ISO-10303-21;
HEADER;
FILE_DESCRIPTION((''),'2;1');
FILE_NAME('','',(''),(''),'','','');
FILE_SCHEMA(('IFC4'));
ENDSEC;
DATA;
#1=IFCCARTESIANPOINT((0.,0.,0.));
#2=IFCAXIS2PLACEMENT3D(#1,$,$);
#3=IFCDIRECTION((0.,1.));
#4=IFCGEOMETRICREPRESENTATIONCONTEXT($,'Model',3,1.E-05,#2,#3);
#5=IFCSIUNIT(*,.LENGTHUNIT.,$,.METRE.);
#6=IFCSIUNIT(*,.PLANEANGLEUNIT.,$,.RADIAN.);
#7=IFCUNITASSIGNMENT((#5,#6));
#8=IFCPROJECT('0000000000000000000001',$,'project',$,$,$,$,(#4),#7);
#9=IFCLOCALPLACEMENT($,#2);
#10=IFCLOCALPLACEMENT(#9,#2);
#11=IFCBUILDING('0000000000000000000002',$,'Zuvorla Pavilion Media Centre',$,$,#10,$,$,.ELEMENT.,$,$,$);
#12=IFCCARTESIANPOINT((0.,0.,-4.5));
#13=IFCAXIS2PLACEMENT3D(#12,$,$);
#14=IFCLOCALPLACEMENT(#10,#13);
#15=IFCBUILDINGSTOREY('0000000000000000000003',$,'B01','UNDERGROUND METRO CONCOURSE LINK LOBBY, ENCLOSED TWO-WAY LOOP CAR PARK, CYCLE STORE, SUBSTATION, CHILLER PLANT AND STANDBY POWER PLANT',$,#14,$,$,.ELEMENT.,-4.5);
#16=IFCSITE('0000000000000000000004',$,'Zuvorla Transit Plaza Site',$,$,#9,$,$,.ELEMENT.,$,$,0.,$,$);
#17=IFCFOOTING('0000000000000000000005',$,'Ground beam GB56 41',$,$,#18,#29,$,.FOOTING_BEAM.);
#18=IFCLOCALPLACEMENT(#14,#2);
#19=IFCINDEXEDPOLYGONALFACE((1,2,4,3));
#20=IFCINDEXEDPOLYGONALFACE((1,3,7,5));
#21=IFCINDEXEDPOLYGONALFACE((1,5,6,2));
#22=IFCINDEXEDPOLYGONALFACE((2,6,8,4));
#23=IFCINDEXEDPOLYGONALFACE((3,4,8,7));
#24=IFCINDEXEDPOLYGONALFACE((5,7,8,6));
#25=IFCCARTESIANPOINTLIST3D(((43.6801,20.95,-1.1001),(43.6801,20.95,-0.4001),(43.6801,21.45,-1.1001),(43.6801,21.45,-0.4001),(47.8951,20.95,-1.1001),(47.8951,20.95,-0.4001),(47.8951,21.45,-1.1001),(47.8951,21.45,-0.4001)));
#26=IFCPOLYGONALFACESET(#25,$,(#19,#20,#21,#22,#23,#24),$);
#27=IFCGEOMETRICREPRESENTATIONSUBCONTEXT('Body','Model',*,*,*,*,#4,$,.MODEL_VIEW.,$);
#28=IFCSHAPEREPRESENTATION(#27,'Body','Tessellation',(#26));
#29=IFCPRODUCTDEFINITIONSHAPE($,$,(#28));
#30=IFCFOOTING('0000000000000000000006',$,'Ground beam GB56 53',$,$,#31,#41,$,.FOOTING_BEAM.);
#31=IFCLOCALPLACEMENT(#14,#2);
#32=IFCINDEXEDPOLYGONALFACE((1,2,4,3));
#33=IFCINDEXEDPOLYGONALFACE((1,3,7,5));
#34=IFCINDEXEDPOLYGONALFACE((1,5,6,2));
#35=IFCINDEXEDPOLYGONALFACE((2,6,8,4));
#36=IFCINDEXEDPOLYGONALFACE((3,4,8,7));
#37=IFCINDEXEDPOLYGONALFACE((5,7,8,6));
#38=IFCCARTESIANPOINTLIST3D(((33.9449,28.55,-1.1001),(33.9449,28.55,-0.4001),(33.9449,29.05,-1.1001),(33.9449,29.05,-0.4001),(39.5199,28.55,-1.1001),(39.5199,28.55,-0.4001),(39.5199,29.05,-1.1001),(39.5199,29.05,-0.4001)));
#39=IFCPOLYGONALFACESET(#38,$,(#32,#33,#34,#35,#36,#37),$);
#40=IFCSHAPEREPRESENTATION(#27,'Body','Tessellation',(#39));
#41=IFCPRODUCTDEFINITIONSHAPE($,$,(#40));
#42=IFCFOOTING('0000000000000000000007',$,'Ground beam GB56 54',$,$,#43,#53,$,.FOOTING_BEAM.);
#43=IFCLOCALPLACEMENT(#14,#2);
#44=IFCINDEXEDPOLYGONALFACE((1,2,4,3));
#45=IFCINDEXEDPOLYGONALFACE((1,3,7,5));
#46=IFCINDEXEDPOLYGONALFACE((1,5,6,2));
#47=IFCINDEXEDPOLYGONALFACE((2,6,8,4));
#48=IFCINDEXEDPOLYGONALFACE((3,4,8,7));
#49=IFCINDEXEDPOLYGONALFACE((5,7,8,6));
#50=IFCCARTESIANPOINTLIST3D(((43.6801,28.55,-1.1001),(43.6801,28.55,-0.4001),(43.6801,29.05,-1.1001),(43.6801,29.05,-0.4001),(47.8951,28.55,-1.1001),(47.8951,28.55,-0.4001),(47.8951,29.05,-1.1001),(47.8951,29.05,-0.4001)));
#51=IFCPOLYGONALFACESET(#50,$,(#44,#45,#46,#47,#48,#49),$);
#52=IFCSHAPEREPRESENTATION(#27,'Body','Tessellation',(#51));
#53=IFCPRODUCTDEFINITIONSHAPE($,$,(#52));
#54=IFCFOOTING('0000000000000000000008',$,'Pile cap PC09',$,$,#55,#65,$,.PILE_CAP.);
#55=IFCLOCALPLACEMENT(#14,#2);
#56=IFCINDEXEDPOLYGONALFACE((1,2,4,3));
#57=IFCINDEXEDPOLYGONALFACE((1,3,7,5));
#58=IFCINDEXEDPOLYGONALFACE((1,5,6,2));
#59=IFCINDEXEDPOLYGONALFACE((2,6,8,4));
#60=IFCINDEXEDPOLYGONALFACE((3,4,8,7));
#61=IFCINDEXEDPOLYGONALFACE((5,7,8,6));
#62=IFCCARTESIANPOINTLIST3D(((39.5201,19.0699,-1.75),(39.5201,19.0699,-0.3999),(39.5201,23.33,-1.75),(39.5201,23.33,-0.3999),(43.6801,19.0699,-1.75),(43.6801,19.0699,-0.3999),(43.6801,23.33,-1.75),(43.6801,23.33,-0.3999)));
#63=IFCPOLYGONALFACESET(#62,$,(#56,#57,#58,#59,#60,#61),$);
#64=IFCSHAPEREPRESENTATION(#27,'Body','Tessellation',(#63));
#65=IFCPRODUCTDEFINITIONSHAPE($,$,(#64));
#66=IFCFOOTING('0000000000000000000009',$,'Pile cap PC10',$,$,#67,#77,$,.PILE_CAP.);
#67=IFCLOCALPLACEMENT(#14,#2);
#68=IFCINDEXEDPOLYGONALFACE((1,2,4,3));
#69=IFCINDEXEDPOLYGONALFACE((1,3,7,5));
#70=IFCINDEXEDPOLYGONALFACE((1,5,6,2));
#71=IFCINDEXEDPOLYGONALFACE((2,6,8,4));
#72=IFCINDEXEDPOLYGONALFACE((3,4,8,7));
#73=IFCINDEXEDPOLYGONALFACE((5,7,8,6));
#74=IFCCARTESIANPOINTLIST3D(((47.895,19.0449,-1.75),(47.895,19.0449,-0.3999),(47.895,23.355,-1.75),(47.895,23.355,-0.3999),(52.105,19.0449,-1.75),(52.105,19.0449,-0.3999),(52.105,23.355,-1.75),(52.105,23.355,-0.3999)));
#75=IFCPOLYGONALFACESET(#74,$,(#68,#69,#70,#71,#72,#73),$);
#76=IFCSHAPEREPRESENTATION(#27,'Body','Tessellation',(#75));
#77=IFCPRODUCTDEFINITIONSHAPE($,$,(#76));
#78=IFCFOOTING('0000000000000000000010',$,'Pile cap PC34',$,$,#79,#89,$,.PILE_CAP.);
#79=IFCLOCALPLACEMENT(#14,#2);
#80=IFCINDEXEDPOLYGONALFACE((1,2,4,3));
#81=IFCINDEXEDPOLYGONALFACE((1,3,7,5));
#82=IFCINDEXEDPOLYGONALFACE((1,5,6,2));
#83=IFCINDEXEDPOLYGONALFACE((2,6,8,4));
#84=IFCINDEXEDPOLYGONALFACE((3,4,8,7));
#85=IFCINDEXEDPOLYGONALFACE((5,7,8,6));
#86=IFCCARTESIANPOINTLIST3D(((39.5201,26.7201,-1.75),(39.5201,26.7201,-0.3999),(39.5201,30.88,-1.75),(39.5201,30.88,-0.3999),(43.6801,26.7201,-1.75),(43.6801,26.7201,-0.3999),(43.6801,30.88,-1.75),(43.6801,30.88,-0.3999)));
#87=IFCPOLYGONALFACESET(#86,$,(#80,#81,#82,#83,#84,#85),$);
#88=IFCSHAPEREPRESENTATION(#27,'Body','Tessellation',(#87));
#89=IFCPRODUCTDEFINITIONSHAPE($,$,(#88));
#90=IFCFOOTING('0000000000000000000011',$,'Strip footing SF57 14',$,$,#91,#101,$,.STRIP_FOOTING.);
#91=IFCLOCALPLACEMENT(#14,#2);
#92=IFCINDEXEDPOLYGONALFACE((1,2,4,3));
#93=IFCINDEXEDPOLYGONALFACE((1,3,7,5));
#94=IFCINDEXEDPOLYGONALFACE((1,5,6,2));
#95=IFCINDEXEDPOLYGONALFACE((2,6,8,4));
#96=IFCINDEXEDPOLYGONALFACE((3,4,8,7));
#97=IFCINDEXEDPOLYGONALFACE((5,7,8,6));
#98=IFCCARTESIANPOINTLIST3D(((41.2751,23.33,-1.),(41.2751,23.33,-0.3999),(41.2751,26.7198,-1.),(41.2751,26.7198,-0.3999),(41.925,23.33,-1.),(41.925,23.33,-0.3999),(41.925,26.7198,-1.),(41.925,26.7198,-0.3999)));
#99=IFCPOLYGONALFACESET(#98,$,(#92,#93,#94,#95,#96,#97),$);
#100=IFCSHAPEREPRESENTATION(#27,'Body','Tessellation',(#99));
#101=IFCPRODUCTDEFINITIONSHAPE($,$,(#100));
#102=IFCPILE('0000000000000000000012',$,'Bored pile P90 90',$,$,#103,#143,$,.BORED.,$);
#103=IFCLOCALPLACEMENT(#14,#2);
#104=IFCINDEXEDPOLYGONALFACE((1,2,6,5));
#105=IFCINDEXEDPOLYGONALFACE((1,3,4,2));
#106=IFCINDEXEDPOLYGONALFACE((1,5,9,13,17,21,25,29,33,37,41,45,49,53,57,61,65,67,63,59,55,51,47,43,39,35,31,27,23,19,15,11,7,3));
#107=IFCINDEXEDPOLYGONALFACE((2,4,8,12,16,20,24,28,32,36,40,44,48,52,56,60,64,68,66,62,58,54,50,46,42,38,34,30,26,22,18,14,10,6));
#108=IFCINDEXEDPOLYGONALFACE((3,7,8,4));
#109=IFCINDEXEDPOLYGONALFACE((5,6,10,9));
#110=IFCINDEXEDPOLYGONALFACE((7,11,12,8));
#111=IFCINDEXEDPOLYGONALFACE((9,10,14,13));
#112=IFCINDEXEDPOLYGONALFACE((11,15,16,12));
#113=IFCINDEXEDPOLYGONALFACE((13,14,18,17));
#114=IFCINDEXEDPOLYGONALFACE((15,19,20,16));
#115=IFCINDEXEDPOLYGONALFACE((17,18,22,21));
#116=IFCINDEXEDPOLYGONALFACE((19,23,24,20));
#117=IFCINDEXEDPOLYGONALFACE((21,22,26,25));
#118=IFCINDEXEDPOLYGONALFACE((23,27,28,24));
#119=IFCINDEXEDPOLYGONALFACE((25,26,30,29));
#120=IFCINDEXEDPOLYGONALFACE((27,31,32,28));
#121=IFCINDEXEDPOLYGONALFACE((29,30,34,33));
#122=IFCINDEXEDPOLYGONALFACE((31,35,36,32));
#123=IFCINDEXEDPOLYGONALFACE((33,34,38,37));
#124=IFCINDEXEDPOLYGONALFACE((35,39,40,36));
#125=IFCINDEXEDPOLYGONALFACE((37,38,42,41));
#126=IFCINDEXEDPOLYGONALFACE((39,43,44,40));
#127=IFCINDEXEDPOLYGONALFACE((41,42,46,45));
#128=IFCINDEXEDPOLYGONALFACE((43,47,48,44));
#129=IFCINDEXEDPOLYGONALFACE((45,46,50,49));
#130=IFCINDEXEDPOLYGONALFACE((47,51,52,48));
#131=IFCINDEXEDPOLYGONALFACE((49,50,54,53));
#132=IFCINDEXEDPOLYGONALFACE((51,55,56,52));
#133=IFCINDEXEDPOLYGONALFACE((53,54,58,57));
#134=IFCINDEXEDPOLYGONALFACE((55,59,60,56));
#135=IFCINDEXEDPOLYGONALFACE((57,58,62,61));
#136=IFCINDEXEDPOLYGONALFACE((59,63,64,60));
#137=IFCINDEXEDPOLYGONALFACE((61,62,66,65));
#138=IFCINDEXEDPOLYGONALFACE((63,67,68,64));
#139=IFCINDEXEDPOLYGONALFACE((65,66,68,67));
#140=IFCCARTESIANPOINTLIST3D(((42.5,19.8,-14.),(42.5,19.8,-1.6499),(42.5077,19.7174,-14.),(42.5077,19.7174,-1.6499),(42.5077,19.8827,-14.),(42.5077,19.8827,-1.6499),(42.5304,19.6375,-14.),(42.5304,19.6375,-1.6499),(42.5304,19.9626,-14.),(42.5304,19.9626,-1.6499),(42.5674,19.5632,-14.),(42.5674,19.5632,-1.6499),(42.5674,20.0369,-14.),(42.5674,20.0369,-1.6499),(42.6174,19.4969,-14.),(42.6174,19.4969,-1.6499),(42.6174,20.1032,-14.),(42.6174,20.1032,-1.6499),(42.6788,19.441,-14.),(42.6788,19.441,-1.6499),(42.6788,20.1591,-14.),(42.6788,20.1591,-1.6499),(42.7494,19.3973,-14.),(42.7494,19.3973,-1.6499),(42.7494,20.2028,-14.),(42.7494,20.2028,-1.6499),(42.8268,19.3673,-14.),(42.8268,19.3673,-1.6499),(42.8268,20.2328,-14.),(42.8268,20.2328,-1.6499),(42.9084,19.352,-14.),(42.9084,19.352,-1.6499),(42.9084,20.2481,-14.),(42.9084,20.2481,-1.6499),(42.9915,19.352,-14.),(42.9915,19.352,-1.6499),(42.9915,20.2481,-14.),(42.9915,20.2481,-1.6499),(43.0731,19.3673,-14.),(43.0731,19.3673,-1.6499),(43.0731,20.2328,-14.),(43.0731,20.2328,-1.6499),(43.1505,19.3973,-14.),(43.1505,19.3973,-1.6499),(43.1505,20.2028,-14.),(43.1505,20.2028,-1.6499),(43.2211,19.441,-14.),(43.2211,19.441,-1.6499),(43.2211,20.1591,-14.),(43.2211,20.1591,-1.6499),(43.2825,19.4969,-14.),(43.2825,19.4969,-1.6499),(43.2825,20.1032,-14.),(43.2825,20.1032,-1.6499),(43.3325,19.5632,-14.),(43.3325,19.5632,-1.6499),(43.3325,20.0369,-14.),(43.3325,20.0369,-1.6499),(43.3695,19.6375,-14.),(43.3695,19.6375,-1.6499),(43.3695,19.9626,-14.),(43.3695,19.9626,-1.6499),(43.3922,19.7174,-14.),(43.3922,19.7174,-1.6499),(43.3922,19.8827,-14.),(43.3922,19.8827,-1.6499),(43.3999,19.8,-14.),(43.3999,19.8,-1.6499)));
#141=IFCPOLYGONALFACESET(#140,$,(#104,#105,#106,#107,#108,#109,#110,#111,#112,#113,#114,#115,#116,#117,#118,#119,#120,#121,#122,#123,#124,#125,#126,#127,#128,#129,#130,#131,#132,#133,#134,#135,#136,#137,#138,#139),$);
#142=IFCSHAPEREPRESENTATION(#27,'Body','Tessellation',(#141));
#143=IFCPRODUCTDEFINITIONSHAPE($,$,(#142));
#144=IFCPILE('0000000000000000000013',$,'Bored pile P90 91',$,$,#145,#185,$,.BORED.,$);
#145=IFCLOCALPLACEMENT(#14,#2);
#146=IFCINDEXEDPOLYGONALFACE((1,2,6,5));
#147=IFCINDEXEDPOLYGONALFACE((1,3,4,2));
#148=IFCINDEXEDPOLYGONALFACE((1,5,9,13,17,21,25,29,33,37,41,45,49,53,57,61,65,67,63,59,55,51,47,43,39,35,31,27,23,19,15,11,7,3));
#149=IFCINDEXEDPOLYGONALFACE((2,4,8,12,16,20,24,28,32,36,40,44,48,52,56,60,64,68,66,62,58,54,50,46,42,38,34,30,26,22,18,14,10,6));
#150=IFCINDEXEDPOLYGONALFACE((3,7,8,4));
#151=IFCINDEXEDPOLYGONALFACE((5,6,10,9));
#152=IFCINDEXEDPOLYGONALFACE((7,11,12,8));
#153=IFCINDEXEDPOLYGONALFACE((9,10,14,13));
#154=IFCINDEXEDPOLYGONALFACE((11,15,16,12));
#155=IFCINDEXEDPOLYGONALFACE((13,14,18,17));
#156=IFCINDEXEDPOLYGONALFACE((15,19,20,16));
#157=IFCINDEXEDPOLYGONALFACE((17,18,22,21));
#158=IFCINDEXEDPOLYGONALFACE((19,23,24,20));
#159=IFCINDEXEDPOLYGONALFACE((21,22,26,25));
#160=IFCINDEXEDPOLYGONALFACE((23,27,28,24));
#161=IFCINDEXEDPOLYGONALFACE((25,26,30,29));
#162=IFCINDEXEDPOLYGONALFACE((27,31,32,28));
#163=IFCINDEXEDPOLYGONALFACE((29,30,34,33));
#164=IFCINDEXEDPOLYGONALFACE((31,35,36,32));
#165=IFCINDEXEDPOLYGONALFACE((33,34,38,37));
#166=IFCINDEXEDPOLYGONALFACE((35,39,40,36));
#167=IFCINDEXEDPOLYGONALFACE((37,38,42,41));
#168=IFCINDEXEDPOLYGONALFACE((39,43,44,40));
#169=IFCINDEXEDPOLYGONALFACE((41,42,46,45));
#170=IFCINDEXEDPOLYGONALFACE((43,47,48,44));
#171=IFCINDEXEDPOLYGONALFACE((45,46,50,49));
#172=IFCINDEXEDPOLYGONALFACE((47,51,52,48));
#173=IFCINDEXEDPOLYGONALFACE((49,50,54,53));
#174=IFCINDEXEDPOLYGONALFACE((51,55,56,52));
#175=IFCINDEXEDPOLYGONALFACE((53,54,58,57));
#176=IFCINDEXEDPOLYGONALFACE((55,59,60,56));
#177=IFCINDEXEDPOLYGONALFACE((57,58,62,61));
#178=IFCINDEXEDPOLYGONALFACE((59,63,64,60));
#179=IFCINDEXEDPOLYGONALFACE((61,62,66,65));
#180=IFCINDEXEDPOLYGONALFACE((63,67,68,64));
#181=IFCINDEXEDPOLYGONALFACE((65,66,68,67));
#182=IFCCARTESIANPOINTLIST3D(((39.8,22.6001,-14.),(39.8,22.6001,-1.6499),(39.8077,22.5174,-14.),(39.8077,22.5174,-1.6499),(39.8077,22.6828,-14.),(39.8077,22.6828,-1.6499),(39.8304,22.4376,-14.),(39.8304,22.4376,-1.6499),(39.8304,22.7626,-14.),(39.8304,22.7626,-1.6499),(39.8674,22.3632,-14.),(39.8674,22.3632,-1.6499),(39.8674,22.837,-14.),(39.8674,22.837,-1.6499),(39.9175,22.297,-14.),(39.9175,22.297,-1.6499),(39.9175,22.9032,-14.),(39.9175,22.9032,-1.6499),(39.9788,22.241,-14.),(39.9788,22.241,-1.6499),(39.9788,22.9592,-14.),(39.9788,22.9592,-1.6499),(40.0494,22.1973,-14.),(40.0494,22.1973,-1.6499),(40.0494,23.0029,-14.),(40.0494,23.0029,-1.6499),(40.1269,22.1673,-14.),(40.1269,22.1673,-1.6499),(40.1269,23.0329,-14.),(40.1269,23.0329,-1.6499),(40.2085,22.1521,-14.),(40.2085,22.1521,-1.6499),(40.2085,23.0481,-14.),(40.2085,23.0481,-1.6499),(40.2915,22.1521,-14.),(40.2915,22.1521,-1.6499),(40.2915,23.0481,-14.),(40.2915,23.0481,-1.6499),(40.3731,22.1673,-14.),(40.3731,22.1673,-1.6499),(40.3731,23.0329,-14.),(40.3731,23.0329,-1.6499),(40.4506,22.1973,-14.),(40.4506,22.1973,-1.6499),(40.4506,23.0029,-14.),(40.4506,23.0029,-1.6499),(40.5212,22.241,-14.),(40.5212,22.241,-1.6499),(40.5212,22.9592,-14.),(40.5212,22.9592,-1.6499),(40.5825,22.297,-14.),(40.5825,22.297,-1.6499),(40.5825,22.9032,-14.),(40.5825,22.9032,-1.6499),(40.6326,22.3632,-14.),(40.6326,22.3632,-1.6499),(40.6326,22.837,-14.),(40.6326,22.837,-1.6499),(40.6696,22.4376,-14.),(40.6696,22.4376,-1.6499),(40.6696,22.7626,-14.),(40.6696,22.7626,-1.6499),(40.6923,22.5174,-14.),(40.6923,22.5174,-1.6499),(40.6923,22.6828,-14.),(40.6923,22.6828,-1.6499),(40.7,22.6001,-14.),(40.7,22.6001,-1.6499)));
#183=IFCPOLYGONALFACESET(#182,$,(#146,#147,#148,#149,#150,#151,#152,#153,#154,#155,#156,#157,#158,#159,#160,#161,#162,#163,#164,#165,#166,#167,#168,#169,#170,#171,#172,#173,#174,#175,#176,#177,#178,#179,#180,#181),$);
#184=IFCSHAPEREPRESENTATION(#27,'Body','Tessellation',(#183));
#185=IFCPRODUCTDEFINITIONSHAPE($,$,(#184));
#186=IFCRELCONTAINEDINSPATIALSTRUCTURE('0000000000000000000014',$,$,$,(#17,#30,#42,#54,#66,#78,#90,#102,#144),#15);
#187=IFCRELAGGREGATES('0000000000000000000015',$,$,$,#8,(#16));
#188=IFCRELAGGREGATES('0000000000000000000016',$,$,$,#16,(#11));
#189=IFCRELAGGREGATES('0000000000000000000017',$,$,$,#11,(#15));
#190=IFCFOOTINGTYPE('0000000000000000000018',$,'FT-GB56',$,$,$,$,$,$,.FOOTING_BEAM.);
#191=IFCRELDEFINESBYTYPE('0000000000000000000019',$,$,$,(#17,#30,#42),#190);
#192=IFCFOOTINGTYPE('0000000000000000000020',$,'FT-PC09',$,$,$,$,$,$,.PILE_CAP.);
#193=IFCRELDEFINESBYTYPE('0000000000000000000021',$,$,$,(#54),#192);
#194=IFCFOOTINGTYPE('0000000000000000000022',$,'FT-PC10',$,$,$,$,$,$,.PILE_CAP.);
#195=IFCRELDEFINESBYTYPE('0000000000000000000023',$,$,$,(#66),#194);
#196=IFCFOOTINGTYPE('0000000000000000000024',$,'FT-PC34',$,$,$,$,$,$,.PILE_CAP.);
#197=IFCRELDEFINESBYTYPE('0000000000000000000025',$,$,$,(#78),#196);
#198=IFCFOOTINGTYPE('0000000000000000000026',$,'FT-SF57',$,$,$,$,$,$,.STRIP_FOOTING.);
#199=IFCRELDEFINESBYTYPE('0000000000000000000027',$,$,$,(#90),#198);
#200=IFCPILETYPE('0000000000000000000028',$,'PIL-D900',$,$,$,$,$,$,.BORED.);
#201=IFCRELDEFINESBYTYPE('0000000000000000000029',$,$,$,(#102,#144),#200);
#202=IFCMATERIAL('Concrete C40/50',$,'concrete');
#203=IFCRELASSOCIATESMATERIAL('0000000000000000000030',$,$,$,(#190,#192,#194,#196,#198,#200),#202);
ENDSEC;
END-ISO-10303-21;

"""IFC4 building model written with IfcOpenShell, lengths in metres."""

from ifc_helpers import new_model, si_unit, direction, frame, origin, origin_2d, place, context, subcontext, project, spatial, rectangle, circle, extrude, material, material_profile, profile_set, type_object, element, save


model = new_model("IFC4")

# Units and contexts
model_context = context("Model", 3, precision=1e-05, world=origin(), true_north=direction((0.0, 1.0)))
body_context = subcontext(model_context, "Body", "Model", "MODEL_VIEW")
ifc_project = project(units=[si_unit("LENGTHUNIT", "METRE"), si_unit("PLANEANGLEUNIT", "RADIAN")], contexts=[model_context])

# Site, building, storey
site_placement = place(None, origin())
site = spatial("IfcSite", under=ifc_project, at=site_placement, Name="Zuvorla Transit Plaza Site", CompositionType="ELEMENT", RefElevation=0.0)
building_placement = place(site_placement, origin())
building = spatial("IfcBuilding", under=site, at=building_placement, Name="Zuvorla Pavilion Media Centre", CompositionType="ELEMENT")
storey_placement = place(building_placement, frame((0.0, 0.0, -4.5)))
storey = spatial("IfcBuildingStorey", under=building, at=storey_placement, Name="B01", Description="UNDERGROUND METRO CONCOURSE LINK LOBBY, ENCLOSED TWO-WAY LOOP CAR PARK, CYCLE STORE, SUBSTATION, CHILLER PLANT AND STANDBY POWER PLANT", CompositionType="ELEMENT", Elevation=-4.5)

# Footings
ifc_material_1 = material(Name="Concrete C40/50", Category="concrete")
footing_type_1 = type_object("IfcFootingType", Name="FT-GB56", PredefinedType="FOOTING_BEAM", material=ifc_material_1)
footing_1_placement = place(storey_placement, frame((45.7876, 21.2, -1.1001), z_axis=(0.0, 0.0, 1.0), x_axis=(1.0, 0.0, 0.0)))
element("IfcFooting", 1, at=footing_1_placement, inside=storey, type_object=footing_type_1, Name="Ground beam GB56 41", PredefinedType="FOOTING_BEAM", context=body_context, shape_type="SweptSolid", body=[
    extrude(rectangle(XDim=4.2151, YDim=0.5, at=origin_2d()), origin(), (0.0, 0.0, 1.0), 0.7),
])
footing_2_placement = place(storey_placement, frame((36.7324, 28.8, -1.1001), z_axis=(0.0, 0.0, 1.0), x_axis=(1.0, 0.0, 0.0)))
element("IfcFooting", 2, at=footing_2_placement, inside=storey, type_object=footing_type_1, Name="Ground beam GB56 53", PredefinedType="FOOTING_BEAM", context=body_context, shape_type="SweptSolid", body=[
    extrude(rectangle(XDim=5.575, YDim=0.5, at=origin_2d()), origin(), (0.0, 0.0, 1.0), 0.7),
])
footing_3_placement = place(storey_placement, frame((45.7876, 28.8, -1.1001), z_axis=(0.0, 0.0, 1.0), x_axis=(1.0, 0.0, 0.0)))
element("IfcFooting", 3, at=footing_3_placement, inside=storey, type_object=footing_type_1, Name="Ground beam GB56 54", PredefinedType="FOOTING_BEAM", context=body_context, shape_type="SweptSolid", body=[
    extrude(rectangle(XDim=4.2151, YDim=0.5, at=origin_2d()), origin(), (0.0, 0.0, 1.0), 0.7),
])
footing_type_2 = type_object("IfcFootingType", Name="FT-PC09", PredefinedType="PILE_CAP", material=ifc_material_1)
footing_4_placement = place(storey_placement, frame((41.6001, 21.2, -1.75), z_axis=(0.0, 0.0, 1.0), x_axis=(1.0, 0.0, 0.0)))
element("IfcFooting", 4, at=footing_4_placement, inside=storey, type_object=footing_type_2, Name="Pile cap PC09", PredefinedType="PILE_CAP", context=body_context, shape_type="SweptSolid", body=[
    extrude(rectangle(XDim=4.1599, YDim=4.26, at=origin_2d()), origin(), (0.0, 0.0, 1.0), 1.3501),
])
footing_type_3 = type_object("IfcFootingType", Name="FT-PC10", PredefinedType="PILE_CAP", material=ifc_material_1)
footing_5_placement = place(storey_placement, frame((50.0, 21.2, -1.75), z_axis=(0.0, 0.0, 1.0), x_axis=(1.0, 0.0, 0.0)))
element("IfcFooting", 5, at=footing_5_placement, inside=storey, type_object=footing_type_3, Name="Pile cap PC10", PredefinedType="PILE_CAP", context=body_context, shape_type="SweptSolid", body=[
    extrude(rectangle(XDim=4.21, YDim=4.3101, at=origin_2d()), origin(), (0.0, 0.0, 1.0), 1.3501),
])
footing_type_4 = type_object("IfcFootingType", Name="FT-PC34", PredefinedType="PILE_CAP", material=ifc_material_1)
footing_6_placement = place(storey_placement, frame((41.6001, 28.8, -1.75), z_axis=(0.0, 0.0, 1.0), x_axis=(1.0, 0.0, 0.0)))
element("IfcFooting", 6, at=footing_6_placement, inside=storey, type_object=footing_type_4, Name="Pile cap PC34", PredefinedType="PILE_CAP", context=body_context, shape_type="SweptSolid", body=[
    extrude(rectangle(XDim=4.1599, YDim=4.1599, at=origin_2d()), origin(), (0.0, 0.0, 1.0), 1.3501),
])
footing_type_5 = type_object("IfcFootingType", Name="FT-SF57", PredefinedType="STRIP_FOOTING", material=ifc_material_1)
footing_7_placement = place(storey_placement, frame((41.6001, 25.0249, -1.0), z_axis=(0.0, 0.0, 1.0), x_axis=(0.0, 1.0, 0.0)))
element("IfcFooting", 7, at=footing_7_placement, inside=storey, type_object=footing_type_5, Name="Strip footing SF57 14", PredefinedType="STRIP_FOOTING", context=body_context, shape_type="SweptSolid", body=[
    extrude(rectangle(XDim=3.3899, YDim=0.6499, at=origin_2d()), origin(), (0.0, 0.0, 1.0), 0.6001),
])

# Piles
ifc_material_profile_1 = material_profile(ifc_material_1, circle(Radius=0.45, at=origin_2d()), Name="BORED PILE 900")
ifc_profile_set_1 = profile_set([ifc_material_profile_1], Name="Concrete C40/50")
pile_type = type_object("IfcPileType", Name="PIL-D900", PredefinedType="BORED", material=ifc_profile_set_1)
for number, where, z_axis, x_axis, name in (
    (8, (42.95, 19.8, -1.6499), (0.0, 0.0, -1.0), (1.0, 0.0, 0.0), "Bored pile P90 90"),
    (9, (40.25, 22.6001, -1.6499), (0.0, 0.0, -1.0), (1.0, 0.0, 0.0), "Bored pile P90 91"),
):
    element("IfcPile", number, at=place(storey_placement, frame(where, z_axis=z_axis, x_axis=x_axis)), inside=storey, type_object=pile_type, Name=name, PredefinedType="BORED", context=body_context, shape_type="SweptSolid", body=[
        extrude(circle(Radius=0.45, at=origin_2d()), origin(), (0.0, 0.0, 1.0), 12.3501),
    ])

save(model, "model.ifc")
